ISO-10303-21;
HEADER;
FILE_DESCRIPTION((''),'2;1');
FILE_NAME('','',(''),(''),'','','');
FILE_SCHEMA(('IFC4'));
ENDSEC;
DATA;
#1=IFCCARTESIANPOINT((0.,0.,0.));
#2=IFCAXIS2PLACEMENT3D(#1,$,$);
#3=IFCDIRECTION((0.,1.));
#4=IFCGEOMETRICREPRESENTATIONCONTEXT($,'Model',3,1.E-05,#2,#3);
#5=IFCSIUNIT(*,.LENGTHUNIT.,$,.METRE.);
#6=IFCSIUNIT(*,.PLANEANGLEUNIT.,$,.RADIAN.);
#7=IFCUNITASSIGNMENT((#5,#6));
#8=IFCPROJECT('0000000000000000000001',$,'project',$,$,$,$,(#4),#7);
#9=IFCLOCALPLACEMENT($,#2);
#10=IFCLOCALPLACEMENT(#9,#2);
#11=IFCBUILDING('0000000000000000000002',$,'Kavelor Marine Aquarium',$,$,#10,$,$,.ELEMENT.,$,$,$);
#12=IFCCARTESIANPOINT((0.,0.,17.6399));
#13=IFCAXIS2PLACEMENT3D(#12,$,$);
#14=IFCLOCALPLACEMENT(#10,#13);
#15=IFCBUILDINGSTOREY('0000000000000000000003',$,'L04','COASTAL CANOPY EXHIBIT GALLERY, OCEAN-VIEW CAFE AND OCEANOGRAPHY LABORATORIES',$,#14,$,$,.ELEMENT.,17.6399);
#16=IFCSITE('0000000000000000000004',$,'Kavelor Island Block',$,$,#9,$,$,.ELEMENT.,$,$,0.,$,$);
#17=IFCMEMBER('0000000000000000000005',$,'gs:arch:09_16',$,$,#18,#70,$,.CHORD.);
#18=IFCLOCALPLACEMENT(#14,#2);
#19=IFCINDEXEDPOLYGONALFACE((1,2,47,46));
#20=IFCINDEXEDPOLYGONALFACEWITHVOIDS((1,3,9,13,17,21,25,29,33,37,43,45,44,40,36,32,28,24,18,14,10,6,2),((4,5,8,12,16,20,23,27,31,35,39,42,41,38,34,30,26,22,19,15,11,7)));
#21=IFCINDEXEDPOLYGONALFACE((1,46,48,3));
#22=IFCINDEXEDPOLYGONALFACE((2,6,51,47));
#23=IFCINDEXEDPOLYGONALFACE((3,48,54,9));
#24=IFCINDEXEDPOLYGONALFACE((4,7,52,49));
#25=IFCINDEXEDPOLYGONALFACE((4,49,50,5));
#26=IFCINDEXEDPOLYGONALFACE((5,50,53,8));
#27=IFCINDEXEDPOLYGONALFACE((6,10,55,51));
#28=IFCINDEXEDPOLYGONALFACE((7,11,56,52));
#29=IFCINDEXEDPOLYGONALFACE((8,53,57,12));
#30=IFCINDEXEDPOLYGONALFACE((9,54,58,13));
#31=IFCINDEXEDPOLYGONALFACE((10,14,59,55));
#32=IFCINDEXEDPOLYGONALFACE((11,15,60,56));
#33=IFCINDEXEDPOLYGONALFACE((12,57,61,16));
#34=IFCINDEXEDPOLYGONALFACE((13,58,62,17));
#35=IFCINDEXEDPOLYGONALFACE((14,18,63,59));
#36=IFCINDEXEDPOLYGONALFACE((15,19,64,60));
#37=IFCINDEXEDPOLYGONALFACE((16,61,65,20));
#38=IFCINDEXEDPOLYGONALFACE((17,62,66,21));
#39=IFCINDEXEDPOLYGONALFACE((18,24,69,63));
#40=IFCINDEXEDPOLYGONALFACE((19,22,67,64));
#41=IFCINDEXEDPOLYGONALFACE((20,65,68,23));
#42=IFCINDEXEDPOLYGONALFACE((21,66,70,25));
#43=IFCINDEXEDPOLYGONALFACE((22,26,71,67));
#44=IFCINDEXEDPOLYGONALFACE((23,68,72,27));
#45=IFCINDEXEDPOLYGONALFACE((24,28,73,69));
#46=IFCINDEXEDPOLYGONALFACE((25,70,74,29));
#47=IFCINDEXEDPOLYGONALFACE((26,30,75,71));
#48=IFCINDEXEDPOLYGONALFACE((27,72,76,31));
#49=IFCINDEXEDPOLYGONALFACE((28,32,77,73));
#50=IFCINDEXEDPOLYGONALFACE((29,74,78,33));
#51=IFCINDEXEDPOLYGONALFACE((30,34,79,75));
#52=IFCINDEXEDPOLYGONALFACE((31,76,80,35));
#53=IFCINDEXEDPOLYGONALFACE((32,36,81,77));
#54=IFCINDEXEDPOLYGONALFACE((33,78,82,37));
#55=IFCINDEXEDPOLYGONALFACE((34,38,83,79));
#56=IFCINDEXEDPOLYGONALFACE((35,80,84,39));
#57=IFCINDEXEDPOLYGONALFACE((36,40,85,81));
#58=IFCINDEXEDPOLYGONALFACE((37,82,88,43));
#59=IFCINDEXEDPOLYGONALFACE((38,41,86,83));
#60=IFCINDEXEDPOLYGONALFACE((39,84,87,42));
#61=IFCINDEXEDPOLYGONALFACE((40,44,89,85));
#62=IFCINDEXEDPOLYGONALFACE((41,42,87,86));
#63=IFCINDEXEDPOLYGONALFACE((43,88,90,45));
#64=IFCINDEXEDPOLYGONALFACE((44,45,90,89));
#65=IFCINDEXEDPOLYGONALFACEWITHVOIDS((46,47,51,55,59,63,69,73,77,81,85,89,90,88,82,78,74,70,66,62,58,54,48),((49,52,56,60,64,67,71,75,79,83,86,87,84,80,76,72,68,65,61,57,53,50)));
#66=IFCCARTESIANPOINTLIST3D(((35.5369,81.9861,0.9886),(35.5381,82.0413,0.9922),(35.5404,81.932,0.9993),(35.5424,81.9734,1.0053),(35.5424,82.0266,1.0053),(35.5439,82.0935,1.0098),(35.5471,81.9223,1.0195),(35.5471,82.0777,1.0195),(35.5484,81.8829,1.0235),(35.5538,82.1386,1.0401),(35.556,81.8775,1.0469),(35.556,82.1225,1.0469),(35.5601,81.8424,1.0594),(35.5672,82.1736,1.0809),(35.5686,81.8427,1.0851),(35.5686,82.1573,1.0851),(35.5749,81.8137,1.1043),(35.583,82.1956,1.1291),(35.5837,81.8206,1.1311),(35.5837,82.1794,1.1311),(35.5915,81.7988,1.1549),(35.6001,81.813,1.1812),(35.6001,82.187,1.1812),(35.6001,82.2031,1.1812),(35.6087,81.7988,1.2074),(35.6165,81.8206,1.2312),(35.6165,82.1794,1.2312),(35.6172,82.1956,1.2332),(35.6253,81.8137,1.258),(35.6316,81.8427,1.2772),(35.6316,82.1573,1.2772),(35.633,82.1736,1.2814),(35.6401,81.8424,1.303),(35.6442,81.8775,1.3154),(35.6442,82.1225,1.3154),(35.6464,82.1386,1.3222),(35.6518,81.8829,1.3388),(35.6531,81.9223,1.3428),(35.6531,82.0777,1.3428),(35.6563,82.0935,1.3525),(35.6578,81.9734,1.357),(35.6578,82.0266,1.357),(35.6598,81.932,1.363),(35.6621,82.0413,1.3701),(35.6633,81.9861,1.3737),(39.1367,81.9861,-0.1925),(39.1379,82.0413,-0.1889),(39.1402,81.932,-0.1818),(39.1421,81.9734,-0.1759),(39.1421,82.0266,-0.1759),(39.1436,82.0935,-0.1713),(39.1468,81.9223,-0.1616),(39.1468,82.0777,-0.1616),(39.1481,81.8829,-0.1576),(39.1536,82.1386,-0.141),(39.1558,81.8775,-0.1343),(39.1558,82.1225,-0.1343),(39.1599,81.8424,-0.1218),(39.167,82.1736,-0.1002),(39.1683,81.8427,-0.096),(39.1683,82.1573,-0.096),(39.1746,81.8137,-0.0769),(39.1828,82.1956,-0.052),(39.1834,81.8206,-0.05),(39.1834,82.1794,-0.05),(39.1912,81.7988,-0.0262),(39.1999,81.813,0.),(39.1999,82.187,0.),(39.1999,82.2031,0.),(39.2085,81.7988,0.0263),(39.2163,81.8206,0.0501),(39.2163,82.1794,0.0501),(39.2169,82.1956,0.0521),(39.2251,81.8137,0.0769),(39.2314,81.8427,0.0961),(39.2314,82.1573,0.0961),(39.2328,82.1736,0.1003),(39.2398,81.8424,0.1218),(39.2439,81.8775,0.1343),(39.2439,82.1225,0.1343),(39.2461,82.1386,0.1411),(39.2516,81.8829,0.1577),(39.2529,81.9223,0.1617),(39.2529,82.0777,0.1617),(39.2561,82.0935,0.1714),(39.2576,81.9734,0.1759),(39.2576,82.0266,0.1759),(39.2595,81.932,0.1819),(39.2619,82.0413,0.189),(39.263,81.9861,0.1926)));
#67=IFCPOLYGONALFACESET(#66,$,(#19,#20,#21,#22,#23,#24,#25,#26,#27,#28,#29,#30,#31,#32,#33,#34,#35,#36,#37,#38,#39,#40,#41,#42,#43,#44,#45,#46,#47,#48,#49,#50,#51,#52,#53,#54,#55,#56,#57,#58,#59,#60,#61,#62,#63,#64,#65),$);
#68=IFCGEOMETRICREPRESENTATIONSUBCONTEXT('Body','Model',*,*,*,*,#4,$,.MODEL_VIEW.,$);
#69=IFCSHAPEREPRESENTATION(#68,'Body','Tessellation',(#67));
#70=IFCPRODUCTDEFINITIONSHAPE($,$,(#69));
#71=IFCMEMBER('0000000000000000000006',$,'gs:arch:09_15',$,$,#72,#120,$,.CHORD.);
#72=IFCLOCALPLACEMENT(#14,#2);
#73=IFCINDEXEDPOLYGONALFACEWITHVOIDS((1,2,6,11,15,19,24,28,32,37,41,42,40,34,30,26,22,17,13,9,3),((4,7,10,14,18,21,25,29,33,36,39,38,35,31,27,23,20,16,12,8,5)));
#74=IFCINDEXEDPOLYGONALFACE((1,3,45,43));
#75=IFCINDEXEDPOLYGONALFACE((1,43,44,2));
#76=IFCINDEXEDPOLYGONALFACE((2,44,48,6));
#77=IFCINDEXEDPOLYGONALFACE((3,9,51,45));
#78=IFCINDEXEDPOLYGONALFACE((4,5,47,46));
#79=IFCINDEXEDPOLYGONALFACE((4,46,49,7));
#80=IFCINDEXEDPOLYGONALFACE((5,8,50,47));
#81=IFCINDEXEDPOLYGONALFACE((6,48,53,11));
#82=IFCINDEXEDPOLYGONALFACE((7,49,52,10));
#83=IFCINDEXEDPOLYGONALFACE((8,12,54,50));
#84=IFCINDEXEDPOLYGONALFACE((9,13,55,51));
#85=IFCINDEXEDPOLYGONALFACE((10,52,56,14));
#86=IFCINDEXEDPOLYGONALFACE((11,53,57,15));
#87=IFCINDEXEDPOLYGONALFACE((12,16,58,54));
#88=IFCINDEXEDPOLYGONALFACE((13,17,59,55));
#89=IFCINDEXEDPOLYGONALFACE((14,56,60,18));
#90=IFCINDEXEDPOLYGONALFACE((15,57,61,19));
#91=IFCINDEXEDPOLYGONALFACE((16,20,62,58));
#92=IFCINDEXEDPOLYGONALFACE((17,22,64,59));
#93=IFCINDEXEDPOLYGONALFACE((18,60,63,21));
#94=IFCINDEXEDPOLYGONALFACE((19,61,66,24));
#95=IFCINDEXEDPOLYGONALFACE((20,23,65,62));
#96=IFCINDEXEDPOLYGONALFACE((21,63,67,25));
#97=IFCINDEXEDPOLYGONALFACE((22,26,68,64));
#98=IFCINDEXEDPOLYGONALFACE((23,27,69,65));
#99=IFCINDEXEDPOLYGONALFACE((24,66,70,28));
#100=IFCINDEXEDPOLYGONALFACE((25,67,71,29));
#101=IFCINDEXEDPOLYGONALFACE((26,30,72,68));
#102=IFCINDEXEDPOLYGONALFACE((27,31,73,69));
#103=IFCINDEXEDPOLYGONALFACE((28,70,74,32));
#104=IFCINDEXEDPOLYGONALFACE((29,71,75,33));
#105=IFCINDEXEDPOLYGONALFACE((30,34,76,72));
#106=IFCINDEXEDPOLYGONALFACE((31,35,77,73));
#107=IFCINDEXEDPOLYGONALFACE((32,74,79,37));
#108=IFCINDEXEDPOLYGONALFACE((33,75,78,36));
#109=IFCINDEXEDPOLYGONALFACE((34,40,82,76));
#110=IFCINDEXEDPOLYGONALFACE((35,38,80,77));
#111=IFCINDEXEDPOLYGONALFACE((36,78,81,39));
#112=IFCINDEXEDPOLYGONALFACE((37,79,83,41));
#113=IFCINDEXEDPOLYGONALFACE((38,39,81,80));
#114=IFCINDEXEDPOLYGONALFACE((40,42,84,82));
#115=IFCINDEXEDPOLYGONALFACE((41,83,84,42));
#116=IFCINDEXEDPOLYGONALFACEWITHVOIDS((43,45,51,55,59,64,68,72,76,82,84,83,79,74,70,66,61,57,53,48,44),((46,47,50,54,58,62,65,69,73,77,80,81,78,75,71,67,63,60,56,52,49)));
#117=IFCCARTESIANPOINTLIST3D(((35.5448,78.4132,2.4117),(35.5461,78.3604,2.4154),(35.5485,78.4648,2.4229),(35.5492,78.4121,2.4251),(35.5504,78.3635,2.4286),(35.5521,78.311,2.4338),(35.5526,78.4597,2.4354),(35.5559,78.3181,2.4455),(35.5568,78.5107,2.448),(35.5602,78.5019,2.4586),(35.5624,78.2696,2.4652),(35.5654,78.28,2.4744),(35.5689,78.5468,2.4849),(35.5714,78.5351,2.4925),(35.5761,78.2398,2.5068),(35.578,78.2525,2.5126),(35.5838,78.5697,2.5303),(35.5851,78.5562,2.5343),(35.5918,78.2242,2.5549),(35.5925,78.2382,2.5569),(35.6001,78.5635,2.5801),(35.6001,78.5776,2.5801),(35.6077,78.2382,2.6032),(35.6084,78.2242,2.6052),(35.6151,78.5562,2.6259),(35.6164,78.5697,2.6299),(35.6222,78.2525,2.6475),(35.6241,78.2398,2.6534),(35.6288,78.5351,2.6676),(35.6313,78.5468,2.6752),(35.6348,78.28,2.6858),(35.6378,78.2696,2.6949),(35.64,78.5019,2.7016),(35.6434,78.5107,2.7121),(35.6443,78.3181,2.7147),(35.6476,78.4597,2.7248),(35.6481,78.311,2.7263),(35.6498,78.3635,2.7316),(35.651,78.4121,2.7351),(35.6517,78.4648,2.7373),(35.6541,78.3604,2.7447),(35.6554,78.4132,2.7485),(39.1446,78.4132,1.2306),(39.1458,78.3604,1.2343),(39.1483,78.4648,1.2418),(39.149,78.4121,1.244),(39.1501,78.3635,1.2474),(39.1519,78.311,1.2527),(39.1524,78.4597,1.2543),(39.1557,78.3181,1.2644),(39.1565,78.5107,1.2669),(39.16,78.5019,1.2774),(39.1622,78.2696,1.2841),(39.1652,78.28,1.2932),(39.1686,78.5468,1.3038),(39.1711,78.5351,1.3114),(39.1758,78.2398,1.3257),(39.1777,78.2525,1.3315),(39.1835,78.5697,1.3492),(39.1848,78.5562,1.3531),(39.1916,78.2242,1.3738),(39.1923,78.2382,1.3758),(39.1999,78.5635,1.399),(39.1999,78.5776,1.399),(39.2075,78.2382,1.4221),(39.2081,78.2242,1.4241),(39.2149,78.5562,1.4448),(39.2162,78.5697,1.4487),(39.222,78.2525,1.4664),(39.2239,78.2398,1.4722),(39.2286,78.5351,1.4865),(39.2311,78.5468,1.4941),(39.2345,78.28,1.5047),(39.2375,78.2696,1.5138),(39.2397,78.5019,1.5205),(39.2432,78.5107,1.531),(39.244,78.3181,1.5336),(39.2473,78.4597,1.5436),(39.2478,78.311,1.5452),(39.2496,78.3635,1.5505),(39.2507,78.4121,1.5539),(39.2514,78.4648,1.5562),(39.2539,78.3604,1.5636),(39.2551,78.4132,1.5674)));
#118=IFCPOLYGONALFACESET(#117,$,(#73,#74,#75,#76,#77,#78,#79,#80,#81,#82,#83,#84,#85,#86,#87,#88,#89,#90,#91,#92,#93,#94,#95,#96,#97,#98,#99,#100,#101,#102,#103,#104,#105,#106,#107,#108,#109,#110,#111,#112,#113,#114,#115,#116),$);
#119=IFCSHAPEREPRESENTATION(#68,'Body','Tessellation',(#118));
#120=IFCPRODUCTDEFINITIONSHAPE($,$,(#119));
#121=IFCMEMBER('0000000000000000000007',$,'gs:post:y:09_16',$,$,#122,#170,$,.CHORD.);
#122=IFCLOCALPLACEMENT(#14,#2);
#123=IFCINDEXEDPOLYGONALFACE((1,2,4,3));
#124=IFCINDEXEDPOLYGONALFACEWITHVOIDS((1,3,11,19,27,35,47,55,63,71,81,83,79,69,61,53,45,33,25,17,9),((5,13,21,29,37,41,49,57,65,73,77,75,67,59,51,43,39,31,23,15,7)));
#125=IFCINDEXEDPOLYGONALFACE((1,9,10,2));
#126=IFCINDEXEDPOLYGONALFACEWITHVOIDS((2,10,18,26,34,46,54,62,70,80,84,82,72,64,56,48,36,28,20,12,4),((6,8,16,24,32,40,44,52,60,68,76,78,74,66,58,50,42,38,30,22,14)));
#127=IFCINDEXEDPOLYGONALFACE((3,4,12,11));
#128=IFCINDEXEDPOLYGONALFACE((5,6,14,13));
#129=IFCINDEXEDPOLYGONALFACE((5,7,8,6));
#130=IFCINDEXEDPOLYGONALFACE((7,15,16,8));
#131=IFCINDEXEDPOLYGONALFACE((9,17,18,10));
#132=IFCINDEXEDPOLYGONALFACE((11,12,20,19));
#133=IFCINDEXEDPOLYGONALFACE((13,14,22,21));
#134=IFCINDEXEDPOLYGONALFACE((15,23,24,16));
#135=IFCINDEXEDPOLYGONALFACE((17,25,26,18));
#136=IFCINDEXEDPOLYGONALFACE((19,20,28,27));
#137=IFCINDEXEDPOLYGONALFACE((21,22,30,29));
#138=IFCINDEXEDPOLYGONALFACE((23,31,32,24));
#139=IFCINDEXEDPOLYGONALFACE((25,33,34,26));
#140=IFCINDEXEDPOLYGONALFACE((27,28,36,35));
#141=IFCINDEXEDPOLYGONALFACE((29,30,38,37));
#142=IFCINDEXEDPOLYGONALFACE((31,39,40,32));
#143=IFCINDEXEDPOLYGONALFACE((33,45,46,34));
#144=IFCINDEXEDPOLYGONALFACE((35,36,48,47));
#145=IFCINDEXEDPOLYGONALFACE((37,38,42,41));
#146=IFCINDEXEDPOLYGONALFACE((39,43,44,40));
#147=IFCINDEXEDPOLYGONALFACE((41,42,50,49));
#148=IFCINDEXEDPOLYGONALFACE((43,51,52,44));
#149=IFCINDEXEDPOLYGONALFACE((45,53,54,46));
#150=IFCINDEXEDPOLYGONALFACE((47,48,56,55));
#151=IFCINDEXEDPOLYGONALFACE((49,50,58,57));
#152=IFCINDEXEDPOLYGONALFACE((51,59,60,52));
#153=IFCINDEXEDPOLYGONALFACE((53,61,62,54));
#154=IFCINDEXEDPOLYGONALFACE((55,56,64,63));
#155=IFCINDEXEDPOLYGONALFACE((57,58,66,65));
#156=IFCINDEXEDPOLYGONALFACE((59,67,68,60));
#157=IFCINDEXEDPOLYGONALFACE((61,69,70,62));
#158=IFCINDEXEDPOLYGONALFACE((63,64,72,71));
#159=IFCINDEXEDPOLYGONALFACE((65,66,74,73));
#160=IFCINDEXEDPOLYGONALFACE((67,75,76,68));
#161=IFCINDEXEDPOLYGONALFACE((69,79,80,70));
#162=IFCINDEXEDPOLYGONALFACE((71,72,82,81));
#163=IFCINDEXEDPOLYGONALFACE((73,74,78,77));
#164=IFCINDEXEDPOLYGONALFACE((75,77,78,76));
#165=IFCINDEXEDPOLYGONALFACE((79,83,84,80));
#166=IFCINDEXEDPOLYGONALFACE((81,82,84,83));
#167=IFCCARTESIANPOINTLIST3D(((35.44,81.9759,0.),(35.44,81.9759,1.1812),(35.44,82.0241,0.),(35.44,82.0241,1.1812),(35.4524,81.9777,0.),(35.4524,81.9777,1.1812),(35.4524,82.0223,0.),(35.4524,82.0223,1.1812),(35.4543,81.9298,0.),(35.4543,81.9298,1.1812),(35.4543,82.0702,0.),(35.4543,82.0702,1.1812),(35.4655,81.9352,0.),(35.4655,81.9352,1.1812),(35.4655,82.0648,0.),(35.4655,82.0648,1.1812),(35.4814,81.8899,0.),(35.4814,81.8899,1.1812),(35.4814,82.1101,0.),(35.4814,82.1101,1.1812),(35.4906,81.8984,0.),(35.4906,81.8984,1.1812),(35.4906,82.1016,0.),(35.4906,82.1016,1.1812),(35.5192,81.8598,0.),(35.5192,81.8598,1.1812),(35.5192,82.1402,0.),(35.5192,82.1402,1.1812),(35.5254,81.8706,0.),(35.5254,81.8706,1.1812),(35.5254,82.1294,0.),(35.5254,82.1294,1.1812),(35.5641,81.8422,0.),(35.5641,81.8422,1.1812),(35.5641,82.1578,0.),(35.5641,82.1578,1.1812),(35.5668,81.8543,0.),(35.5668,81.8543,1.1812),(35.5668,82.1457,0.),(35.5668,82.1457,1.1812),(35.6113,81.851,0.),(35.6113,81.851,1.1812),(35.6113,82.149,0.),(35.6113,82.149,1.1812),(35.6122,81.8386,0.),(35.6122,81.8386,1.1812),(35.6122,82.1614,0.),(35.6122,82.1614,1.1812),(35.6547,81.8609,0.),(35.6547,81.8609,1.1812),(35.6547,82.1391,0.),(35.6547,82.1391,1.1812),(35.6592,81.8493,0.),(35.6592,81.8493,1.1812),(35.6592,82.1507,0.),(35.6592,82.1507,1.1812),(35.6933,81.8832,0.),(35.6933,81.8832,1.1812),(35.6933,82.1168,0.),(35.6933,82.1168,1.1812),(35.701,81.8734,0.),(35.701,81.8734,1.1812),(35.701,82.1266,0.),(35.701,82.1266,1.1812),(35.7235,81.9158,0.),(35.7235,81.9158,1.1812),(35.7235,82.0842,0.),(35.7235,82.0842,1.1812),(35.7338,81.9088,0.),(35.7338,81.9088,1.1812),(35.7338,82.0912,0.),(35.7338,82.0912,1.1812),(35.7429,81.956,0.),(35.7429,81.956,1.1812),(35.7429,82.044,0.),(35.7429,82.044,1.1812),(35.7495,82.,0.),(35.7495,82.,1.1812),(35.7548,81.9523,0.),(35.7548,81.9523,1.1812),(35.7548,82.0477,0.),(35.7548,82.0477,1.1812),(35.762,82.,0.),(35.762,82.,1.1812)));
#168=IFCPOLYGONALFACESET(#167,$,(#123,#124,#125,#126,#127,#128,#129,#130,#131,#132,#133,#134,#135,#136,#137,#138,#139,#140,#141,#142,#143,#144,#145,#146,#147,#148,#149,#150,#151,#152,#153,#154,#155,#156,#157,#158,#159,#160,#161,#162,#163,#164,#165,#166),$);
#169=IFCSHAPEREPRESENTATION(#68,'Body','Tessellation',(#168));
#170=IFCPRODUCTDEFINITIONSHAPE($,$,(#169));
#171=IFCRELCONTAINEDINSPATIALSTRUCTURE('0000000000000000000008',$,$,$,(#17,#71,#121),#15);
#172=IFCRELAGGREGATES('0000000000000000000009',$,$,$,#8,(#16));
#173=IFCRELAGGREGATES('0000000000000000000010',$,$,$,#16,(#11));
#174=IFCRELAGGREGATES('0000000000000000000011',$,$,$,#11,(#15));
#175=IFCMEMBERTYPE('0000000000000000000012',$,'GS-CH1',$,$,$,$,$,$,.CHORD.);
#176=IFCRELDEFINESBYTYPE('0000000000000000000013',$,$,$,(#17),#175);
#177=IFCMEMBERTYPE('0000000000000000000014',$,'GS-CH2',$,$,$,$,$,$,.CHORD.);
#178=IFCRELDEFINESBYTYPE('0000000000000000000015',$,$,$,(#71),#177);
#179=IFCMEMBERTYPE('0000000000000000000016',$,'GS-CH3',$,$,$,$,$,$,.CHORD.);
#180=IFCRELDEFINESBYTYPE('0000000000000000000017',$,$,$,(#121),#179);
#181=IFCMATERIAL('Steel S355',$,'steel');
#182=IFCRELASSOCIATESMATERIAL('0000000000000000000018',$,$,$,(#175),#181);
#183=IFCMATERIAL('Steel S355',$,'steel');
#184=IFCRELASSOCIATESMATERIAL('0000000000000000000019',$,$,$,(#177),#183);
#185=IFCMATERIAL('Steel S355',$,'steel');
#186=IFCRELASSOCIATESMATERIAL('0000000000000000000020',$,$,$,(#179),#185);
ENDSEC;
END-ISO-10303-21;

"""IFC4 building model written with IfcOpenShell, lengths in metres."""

from ifc_helpers import new_model, si_unit, direction, frame, origin, origin_2d, place, context, subcontext, project, spatial, hollow_circle, extrude, material, material_profile, profile_set, type_object, element, save


model = new_model("IFC4")

# Units and contexts
model_context = context("Model", 3, precision=1e-05, world=origin(), true_north=direction((0.0, 1.0)))
body_context = subcontext(model_context, "Body", "Model", "MODEL_VIEW")
ifc_project = project(units=[si_unit("LENGTHUNIT", "METRE"), si_unit("PLANEANGLEUNIT", "RADIAN")], contexts=[model_context])

# Site, building, storey
site_placement = place(None, origin())
site = spatial("IfcSite", under=ifc_project, at=site_placement, Name="Kavelor Island Block", CompositionType="ELEMENT", RefElevation=0.0)
building_placement = place(site_placement, origin())
building = spatial("IfcBuilding", under=site, at=building_placement, Name="Kavelor Marine Aquarium", CompositionType="ELEMENT")
storey_placement = place(building_placement, frame((0.0, 0.0, 17.6399)))
storey = spatial("IfcBuildingStorey", under=building, at=storey_placement, Name="L04", Description="COASTAL CANOPY EXHIBIT GALLERY, OCEAN-VIEW CAFE AND OCEANOGRAPHY LABORATORIES", CompositionType="ELEMENT", Elevation=17.6399)

# Members
ifc_material_1 = material(Name="Steel S355", Category="steel")
ifc_material_profile_1 = material_profile(ifc_material_1, hollow_circle(Radius=0.2031, WallThickness=0.0161, at=origin_2d()), Name="CHS 406.4x16.0")
ifc_profile_set_1 = profile_set([ifc_material_profile_1], Name="Steel S355")
member_type_1 = type_object("IfcMemberType", Name="GS-CH1", PredefinedType="CHORD", material=ifc_profile_set_1)
for number, where, z_axis, x_axis, name in (
    (1, (35.6001, 82.0, 1.1812), (0.950161, 0.0, -0.311759), (0.0, 1.0, 0.0), "gs:arch:09_16"),
):
    element("IfcMember", number, at=place(storey_placement, frame(where, z_axis=z_axis, x_axis=x_axis)), inside=storey, type_object=member_type_1, Name=name, PredefinedType="CHORD", context=body_context, shape_type="SweptSolid", body=[
        extrude(hollow_circle(Radius=0.2031, WallThickness=0.0161, at=origin_2d()), origin(), (0.0, 0.0, 1.0), 3.7886),
    ])
ifc_material_2 = material(Name="Steel S355", Category="steel")
ifc_material_profile_2 = material_profile(ifc_material_2, hollow_circle(Radius=0.1777, WallThickness=0.0142, at=origin_2d()), Name="CHS 355.6x14.2")
ifc_profile_set_2 = profile_set([ifc_material_profile_2], Name="Steel S355")
member_type_2 = type_object("IfcMemberType", Name="GS-CH2", PredefinedType="CHORD", material=ifc_profile_set_2)
member_1_placement = place(storey_placement, frame((35.6001, 78.3999, 2.5801), z_axis=(0.950161, 0.0, -0.311759), x_axis=(0.0, 1.0, 0.0)))
element("IfcMember", 2, at=member_1_placement, inside=storey, type_object=member_type_2, Name="gs:arch:09_15", PredefinedType="CHORD", context=body_context, shape_type="SweptSolid", body=[
    extrude(hollow_circle(Radius=0.1777, WallThickness=0.0142, at=origin_2d()), origin(), (0.0, 0.0, 1.0), 3.7886),
])
ifc_material_3 = material(Name="Steel S355", Category="steel")
ifc_material_profile_3 = material_profile(ifc_material_3, hollow_circle(Radius=0.1619, WallThickness=0.0125, at=origin_2d()), Name="CHS 323.9x12.5")
ifc_profile_set_3 = profile_set([ifc_material_profile_3], Name="Steel S355")
member_type_3 = type_object("IfcMemberType", Name="GS-CH3", PredefinedType="CHORD", material=ifc_profile_set_3)
member_2_placement = place(storey_placement, frame((35.6001, 82.0, 0.0), z_axis=(0.0, 0.0, 1.0), x_axis=(1.0, 0.0, 0.0)))
element("IfcMember", 3, at=member_2_placement, inside=storey, type_object=member_type_3, Name="gs:post:y:09_16", PredefinedType="CHORD", context=body_context, shape_type="SweptSolid", body=[
    extrude(hollow_circle(Radius=0.1619, WallThickness=0.0125, at=origin_2d()), origin(), (0.0, 0.0, 1.0), 1.1812),
])

save(model, "model.ifc")
